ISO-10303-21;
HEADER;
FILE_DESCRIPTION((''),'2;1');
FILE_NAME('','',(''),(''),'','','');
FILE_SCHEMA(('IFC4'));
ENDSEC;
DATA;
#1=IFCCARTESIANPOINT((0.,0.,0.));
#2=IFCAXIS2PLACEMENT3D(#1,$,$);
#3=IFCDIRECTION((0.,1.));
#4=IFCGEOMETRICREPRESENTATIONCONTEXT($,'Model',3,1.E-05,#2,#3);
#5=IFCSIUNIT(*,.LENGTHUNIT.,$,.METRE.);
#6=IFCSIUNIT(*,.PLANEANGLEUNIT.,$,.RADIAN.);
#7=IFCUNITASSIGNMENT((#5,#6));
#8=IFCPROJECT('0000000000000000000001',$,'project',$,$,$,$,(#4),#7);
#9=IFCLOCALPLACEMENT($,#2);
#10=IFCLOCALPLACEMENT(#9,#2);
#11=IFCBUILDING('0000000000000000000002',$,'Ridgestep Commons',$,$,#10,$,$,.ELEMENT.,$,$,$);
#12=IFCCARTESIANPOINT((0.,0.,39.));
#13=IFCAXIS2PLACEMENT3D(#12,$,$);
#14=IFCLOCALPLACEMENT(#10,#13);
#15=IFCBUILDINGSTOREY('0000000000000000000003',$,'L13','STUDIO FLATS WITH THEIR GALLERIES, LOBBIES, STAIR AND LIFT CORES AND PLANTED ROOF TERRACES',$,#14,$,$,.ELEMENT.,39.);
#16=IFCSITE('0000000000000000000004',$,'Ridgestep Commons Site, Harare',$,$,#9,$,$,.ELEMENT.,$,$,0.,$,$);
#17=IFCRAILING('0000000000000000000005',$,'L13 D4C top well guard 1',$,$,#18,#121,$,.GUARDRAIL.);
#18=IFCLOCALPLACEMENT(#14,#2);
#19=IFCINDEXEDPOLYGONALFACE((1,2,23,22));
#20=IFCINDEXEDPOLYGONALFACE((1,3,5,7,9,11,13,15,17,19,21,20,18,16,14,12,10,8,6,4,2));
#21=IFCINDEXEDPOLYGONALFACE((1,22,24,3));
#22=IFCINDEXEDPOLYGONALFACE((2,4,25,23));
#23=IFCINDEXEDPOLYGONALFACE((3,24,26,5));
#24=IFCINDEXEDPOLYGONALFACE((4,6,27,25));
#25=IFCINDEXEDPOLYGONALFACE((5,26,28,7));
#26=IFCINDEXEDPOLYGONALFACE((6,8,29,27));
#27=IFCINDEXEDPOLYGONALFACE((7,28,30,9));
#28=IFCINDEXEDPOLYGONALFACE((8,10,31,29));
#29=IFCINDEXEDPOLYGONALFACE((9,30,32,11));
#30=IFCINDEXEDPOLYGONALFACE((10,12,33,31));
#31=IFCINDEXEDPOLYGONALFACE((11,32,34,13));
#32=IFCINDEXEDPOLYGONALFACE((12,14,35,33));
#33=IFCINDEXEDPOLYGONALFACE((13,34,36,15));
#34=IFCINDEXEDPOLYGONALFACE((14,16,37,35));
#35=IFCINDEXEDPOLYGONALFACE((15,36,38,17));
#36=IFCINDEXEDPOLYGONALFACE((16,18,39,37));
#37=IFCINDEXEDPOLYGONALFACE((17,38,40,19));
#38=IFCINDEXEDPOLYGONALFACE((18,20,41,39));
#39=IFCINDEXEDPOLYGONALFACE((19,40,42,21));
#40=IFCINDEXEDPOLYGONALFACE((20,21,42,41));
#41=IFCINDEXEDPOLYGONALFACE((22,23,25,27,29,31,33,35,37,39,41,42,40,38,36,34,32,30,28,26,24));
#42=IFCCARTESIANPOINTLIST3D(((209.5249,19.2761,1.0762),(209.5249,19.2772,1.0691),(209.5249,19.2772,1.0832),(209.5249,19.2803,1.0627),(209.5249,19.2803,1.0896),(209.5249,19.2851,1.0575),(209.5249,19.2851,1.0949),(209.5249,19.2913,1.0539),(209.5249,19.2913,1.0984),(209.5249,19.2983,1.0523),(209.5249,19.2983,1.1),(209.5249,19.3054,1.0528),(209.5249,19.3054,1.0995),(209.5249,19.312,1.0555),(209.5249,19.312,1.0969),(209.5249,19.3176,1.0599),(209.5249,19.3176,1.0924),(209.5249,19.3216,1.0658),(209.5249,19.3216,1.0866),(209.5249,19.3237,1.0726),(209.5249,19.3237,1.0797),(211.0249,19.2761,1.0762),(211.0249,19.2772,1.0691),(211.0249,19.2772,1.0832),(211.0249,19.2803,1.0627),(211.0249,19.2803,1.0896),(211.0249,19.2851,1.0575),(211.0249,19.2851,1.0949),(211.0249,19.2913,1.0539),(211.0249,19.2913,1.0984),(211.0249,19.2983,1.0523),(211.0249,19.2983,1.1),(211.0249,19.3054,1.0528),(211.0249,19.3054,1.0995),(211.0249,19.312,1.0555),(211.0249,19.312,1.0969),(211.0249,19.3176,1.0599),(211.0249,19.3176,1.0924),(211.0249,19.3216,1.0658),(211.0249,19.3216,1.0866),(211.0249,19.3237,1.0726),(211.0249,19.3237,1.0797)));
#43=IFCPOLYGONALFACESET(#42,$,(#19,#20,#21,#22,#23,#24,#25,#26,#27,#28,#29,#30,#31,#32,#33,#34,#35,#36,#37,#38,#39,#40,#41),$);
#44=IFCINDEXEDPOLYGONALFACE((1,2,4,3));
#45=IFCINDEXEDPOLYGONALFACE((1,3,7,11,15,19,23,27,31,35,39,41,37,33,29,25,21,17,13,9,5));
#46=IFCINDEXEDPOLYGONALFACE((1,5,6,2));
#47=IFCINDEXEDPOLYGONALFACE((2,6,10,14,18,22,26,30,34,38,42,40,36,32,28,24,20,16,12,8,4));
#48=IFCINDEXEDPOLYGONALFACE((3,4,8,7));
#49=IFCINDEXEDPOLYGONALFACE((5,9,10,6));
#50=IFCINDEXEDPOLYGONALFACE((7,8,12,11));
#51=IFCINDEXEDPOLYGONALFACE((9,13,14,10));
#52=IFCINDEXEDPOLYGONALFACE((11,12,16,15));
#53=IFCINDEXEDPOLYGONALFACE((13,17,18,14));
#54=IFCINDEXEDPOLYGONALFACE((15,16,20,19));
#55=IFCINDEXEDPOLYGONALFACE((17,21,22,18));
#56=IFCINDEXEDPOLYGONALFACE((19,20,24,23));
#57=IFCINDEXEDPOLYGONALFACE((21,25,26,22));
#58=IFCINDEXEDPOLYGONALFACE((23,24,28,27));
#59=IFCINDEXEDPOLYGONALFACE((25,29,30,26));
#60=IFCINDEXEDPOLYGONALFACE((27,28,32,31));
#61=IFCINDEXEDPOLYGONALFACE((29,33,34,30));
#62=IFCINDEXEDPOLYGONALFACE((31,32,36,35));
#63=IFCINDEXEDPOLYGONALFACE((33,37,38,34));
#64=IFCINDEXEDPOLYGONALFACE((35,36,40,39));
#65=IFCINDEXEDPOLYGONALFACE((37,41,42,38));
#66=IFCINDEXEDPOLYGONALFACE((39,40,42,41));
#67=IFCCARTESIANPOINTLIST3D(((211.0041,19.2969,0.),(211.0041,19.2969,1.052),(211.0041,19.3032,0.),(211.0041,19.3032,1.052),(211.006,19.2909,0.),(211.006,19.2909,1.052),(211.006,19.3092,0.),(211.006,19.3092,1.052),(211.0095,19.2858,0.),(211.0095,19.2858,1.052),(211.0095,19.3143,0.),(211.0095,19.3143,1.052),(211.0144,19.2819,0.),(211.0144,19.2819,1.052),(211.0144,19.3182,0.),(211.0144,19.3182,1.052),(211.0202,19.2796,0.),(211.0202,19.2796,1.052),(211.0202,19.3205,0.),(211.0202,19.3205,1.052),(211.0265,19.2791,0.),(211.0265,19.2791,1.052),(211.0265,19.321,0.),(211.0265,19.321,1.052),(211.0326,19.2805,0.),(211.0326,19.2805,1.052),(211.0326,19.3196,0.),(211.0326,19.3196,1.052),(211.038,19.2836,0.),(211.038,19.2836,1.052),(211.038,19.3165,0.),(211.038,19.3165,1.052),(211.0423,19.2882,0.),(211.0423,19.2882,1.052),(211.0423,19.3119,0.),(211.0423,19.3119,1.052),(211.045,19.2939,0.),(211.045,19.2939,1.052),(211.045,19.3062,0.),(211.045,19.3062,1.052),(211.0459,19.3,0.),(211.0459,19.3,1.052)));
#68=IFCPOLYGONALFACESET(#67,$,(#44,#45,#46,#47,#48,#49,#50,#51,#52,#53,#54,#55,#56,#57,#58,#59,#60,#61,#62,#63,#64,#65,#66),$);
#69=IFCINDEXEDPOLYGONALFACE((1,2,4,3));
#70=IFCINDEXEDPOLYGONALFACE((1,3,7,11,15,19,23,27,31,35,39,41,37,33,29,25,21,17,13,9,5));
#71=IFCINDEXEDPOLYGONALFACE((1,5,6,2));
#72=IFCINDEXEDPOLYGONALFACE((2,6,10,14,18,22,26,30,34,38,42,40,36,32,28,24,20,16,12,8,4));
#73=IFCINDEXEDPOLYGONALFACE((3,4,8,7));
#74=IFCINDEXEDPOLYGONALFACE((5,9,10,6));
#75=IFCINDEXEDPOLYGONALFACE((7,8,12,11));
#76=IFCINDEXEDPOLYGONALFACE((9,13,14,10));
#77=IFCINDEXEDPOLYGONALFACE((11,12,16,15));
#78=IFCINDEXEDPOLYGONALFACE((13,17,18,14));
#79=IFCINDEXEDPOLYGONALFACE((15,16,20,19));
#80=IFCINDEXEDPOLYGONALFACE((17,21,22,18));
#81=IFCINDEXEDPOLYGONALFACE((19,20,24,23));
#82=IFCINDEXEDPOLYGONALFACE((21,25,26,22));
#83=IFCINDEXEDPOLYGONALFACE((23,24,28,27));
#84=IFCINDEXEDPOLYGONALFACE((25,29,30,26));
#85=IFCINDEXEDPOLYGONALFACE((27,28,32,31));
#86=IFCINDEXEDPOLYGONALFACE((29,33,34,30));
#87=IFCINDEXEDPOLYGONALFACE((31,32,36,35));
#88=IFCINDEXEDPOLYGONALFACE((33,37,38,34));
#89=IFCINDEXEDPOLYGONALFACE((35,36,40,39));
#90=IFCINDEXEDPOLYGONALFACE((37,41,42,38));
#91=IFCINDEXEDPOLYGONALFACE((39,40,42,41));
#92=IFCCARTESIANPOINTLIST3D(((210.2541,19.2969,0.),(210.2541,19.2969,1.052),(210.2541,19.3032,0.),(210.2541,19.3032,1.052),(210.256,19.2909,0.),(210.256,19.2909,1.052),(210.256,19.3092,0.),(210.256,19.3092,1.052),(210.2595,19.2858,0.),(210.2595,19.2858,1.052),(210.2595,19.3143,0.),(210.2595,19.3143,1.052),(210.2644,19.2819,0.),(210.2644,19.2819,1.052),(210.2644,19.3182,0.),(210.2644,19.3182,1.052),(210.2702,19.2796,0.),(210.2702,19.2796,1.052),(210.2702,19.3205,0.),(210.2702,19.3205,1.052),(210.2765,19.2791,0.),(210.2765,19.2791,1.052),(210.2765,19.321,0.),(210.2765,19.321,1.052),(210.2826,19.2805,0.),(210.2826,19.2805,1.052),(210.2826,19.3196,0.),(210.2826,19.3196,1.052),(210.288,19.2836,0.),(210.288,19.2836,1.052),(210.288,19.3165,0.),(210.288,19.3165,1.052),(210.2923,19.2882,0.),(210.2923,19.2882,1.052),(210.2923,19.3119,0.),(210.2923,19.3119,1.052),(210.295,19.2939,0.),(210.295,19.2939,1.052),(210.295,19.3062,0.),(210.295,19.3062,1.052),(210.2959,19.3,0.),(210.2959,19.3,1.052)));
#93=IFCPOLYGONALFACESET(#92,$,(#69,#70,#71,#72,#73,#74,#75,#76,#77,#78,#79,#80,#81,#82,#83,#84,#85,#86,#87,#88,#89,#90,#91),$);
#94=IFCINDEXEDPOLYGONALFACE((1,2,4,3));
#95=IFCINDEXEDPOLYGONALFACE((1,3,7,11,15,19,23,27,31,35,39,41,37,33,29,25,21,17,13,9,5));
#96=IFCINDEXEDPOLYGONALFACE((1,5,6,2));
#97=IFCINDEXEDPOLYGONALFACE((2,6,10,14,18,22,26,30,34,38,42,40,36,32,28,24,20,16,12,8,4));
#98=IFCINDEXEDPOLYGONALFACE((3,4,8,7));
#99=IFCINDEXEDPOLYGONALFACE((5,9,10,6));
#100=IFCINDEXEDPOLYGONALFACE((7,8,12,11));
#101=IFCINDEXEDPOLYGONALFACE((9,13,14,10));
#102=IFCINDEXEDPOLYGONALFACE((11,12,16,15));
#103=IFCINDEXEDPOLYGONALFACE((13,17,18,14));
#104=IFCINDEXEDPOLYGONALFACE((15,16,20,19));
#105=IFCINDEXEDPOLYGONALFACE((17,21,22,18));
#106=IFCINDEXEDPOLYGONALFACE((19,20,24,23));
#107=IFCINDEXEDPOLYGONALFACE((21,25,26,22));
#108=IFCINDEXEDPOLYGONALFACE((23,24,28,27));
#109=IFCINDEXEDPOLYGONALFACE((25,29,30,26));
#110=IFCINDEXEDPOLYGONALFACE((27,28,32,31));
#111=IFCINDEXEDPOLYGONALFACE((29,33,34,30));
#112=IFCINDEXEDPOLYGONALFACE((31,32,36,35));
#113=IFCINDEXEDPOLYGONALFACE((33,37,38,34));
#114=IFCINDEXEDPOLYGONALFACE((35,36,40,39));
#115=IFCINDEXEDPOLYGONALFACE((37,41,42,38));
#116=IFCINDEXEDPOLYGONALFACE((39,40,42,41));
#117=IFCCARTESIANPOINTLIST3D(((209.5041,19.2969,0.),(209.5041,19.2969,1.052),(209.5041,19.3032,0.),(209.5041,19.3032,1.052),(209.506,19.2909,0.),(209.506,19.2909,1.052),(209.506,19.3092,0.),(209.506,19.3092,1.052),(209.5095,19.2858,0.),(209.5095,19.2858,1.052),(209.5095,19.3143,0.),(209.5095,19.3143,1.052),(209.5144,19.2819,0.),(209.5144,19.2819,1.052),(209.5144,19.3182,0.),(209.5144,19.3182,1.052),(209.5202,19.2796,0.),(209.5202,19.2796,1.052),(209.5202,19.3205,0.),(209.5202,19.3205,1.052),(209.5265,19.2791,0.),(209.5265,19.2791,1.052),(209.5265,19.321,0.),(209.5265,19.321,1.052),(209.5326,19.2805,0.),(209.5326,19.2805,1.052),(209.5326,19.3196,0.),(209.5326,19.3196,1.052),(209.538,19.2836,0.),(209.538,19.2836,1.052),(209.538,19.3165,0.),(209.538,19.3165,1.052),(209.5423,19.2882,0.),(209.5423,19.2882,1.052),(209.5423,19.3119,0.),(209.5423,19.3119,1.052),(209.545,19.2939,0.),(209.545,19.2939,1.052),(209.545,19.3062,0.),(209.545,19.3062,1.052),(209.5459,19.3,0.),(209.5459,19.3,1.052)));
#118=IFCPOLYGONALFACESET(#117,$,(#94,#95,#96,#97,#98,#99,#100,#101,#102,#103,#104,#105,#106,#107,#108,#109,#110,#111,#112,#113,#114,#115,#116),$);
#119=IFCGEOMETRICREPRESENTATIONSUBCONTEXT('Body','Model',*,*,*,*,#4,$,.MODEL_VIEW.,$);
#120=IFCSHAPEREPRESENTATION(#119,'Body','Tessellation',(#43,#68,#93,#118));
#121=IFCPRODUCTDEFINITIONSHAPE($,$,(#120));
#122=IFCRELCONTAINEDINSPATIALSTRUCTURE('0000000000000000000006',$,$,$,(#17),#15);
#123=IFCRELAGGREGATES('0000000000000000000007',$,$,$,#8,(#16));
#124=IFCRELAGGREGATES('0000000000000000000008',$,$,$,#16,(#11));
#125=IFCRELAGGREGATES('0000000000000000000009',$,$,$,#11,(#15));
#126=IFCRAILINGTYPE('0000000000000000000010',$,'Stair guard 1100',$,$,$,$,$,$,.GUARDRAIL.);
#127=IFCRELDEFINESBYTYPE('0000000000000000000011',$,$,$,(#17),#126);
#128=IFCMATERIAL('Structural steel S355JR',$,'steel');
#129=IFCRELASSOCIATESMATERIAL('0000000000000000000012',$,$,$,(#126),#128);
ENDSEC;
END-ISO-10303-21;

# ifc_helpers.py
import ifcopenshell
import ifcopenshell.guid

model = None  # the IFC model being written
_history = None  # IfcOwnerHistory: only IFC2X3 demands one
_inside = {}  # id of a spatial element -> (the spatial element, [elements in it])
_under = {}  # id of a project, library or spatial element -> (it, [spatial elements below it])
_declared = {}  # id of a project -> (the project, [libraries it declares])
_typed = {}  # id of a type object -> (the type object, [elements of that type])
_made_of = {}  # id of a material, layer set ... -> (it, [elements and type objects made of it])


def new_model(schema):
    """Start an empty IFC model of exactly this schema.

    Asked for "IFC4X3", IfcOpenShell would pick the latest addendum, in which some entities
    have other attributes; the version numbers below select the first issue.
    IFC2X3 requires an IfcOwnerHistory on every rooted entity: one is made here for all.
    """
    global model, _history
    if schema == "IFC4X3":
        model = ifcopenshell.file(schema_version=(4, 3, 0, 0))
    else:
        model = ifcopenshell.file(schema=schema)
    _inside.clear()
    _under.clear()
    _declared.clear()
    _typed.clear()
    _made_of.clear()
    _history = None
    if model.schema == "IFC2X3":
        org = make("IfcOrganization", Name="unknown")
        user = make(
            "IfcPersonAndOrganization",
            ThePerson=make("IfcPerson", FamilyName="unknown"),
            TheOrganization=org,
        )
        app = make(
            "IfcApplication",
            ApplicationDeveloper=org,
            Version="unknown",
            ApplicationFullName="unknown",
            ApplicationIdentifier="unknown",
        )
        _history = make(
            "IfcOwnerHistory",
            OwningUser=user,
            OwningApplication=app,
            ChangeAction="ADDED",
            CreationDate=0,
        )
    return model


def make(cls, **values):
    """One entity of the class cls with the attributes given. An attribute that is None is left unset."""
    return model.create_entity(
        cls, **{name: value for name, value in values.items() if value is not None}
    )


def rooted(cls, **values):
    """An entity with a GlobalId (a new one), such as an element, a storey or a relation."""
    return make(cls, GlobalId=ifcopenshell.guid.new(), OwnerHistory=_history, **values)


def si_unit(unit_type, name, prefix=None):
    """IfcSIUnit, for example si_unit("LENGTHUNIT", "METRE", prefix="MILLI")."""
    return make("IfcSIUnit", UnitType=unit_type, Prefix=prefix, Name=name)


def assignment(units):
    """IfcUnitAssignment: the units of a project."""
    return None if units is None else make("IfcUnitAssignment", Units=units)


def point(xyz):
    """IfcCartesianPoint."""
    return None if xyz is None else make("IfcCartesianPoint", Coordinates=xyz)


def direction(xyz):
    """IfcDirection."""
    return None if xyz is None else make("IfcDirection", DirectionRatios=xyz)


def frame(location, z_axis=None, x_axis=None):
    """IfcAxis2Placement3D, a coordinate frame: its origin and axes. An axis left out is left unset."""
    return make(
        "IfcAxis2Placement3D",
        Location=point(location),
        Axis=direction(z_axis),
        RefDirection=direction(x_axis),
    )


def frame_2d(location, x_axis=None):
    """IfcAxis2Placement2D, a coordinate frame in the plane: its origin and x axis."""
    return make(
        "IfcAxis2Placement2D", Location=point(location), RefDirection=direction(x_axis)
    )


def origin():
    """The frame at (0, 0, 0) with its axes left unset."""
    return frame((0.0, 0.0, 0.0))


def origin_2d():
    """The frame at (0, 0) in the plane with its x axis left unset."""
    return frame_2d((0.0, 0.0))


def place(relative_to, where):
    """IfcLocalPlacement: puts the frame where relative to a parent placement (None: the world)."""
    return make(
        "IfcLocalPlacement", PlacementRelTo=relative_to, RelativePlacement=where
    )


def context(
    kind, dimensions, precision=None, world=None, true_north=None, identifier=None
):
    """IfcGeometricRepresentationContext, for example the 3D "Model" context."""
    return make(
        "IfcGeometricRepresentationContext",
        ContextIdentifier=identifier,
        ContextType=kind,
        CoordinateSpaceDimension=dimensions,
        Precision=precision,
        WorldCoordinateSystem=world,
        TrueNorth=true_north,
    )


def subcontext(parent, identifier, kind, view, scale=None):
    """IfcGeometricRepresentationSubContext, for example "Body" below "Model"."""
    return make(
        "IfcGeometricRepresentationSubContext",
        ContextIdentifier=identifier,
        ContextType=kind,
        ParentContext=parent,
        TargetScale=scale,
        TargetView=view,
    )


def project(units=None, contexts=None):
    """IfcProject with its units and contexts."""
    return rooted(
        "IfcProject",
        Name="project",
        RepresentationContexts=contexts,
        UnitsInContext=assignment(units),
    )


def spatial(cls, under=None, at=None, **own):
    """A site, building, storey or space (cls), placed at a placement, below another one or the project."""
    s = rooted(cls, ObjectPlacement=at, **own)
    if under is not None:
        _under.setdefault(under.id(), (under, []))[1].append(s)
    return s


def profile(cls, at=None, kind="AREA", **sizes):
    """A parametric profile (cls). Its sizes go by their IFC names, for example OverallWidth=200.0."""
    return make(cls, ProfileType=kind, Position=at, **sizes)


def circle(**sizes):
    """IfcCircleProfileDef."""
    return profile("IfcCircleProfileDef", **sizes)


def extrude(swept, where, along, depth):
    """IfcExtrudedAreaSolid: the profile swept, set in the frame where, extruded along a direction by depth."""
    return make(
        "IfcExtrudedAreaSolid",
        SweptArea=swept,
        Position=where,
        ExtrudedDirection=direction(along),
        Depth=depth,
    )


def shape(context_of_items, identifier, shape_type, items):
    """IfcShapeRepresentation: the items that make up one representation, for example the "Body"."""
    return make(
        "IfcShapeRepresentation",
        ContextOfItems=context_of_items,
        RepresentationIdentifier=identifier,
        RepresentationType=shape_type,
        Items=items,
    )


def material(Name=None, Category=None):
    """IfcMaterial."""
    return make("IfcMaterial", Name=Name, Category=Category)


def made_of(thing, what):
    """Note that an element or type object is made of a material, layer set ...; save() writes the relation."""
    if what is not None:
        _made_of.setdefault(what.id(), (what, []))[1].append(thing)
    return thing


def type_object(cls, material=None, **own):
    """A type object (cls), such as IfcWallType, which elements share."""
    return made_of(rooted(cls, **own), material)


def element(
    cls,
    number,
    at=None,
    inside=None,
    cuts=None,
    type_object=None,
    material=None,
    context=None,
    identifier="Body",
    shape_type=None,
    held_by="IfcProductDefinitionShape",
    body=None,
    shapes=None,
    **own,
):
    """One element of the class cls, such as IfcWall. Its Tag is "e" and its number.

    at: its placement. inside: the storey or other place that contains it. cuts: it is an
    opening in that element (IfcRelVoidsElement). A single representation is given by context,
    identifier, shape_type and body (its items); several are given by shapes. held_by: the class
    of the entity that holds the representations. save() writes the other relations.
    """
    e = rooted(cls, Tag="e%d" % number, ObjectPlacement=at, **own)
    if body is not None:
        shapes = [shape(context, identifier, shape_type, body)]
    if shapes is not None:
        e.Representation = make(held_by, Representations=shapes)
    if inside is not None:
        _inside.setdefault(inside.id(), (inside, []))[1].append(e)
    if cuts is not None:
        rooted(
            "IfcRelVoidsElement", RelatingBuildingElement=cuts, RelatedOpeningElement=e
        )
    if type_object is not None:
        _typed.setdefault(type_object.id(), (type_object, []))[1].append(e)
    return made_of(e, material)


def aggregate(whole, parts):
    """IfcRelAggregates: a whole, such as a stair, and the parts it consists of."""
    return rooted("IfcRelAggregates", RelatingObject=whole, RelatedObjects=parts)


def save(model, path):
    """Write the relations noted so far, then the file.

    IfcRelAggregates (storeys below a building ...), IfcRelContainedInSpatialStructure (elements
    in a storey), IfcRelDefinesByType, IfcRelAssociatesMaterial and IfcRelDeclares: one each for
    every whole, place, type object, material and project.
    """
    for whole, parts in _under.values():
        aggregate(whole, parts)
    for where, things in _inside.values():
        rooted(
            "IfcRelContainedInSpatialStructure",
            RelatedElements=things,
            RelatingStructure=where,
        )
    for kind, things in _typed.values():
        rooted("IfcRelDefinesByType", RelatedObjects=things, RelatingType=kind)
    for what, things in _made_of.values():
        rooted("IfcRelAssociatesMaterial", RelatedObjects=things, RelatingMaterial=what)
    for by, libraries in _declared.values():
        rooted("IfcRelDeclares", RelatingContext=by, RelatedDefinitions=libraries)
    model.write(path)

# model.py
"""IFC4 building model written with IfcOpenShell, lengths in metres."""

from ifc_helpers import new_model, si_unit, direction, frame, origin, origin_2d, place, context, subcontext, project, spatial, circle, extrude, material, type_object, element, save


model = new_model("IFC4")

# Units and contexts
model_context = context("Model", 3, precision=1e-05, world=origin(), true_north=direction((0.0, 1.0)))
body_context = subcontext(model_context, "Body", "Model", "MODEL_VIEW")
ifc_project = project(units=[si_unit("LENGTHUNIT", "METRE"), si_unit("PLANEANGLEUNIT", "RADIAN")], contexts=[model_context])

# Site, building, storey
site_placement = place(None, origin())
site = spatial("IfcSite", under=ifc_project, at=site_placement, Name="Ridgestep Commons Site, Harare", CompositionType="ELEMENT", RefElevation=0.0)
building_placement = place(site_placement, origin())
building = spatial("IfcBuilding", under=site, at=building_placement, Name="Ridgestep Commons", CompositionType="ELEMENT")
storey_placement = place(building_placement, frame((0.0, 0.0, 39.0)))
storey = spatial("IfcBuildingStorey", under=building, at=storey_placement, Name="L13", Description="STUDIO FLATS WITH THEIR GALLERIES, LOBBIES, STAIR AND LIFT CORES AND PLANTED ROOF TERRACES", CompositionType="ELEMENT", Elevation=39.0)

# Railing
ifc_material_1 = material(Name="Structural steel S355JR", Category="steel")
railing_type_1 = type_object("IfcRailingType", Name="Stair guard 1100", PredefinedType="GUARDRAIL", material=ifc_material_1)
railing_1_placement = place(storey_placement, frame((211.0249, 19.3, 0.0)))
element("IfcRailing", 1, at=railing_1_placement, inside=storey, type_object=railing_type_1, Name="L13 D4C top well guard 1", PredefinedType="GUARDRAIL", context=body_context, shape_type="SweptSolid", body=[
    extrude(circle(Radius=0.0239, at=origin_2d()), frame((0.0, 0.0, 1.0762), z_axis=(-1.0, 0.0, 0.0), x_axis=(0.0, -1.0, 0.0)), (0.0, 0.0, 1.0), 1.5),
    extrude(circle(Radius=0.021, at=origin_2d()), origin(), (0.0, 0.0, 1.0), 1.052),
    extrude(circle(Radius=0.021, at=origin_2d()), frame((-0.75, 0.0, 0.0)), (0.0, 0.0, 1.0), 1.052),
    extrude(circle(Radius=0.021, at=origin_2d()), frame((-1.5, 0.0, 0.0)), (0.0, 0.0, 1.0), 1.052),
])

save(model, "model.ifc")
